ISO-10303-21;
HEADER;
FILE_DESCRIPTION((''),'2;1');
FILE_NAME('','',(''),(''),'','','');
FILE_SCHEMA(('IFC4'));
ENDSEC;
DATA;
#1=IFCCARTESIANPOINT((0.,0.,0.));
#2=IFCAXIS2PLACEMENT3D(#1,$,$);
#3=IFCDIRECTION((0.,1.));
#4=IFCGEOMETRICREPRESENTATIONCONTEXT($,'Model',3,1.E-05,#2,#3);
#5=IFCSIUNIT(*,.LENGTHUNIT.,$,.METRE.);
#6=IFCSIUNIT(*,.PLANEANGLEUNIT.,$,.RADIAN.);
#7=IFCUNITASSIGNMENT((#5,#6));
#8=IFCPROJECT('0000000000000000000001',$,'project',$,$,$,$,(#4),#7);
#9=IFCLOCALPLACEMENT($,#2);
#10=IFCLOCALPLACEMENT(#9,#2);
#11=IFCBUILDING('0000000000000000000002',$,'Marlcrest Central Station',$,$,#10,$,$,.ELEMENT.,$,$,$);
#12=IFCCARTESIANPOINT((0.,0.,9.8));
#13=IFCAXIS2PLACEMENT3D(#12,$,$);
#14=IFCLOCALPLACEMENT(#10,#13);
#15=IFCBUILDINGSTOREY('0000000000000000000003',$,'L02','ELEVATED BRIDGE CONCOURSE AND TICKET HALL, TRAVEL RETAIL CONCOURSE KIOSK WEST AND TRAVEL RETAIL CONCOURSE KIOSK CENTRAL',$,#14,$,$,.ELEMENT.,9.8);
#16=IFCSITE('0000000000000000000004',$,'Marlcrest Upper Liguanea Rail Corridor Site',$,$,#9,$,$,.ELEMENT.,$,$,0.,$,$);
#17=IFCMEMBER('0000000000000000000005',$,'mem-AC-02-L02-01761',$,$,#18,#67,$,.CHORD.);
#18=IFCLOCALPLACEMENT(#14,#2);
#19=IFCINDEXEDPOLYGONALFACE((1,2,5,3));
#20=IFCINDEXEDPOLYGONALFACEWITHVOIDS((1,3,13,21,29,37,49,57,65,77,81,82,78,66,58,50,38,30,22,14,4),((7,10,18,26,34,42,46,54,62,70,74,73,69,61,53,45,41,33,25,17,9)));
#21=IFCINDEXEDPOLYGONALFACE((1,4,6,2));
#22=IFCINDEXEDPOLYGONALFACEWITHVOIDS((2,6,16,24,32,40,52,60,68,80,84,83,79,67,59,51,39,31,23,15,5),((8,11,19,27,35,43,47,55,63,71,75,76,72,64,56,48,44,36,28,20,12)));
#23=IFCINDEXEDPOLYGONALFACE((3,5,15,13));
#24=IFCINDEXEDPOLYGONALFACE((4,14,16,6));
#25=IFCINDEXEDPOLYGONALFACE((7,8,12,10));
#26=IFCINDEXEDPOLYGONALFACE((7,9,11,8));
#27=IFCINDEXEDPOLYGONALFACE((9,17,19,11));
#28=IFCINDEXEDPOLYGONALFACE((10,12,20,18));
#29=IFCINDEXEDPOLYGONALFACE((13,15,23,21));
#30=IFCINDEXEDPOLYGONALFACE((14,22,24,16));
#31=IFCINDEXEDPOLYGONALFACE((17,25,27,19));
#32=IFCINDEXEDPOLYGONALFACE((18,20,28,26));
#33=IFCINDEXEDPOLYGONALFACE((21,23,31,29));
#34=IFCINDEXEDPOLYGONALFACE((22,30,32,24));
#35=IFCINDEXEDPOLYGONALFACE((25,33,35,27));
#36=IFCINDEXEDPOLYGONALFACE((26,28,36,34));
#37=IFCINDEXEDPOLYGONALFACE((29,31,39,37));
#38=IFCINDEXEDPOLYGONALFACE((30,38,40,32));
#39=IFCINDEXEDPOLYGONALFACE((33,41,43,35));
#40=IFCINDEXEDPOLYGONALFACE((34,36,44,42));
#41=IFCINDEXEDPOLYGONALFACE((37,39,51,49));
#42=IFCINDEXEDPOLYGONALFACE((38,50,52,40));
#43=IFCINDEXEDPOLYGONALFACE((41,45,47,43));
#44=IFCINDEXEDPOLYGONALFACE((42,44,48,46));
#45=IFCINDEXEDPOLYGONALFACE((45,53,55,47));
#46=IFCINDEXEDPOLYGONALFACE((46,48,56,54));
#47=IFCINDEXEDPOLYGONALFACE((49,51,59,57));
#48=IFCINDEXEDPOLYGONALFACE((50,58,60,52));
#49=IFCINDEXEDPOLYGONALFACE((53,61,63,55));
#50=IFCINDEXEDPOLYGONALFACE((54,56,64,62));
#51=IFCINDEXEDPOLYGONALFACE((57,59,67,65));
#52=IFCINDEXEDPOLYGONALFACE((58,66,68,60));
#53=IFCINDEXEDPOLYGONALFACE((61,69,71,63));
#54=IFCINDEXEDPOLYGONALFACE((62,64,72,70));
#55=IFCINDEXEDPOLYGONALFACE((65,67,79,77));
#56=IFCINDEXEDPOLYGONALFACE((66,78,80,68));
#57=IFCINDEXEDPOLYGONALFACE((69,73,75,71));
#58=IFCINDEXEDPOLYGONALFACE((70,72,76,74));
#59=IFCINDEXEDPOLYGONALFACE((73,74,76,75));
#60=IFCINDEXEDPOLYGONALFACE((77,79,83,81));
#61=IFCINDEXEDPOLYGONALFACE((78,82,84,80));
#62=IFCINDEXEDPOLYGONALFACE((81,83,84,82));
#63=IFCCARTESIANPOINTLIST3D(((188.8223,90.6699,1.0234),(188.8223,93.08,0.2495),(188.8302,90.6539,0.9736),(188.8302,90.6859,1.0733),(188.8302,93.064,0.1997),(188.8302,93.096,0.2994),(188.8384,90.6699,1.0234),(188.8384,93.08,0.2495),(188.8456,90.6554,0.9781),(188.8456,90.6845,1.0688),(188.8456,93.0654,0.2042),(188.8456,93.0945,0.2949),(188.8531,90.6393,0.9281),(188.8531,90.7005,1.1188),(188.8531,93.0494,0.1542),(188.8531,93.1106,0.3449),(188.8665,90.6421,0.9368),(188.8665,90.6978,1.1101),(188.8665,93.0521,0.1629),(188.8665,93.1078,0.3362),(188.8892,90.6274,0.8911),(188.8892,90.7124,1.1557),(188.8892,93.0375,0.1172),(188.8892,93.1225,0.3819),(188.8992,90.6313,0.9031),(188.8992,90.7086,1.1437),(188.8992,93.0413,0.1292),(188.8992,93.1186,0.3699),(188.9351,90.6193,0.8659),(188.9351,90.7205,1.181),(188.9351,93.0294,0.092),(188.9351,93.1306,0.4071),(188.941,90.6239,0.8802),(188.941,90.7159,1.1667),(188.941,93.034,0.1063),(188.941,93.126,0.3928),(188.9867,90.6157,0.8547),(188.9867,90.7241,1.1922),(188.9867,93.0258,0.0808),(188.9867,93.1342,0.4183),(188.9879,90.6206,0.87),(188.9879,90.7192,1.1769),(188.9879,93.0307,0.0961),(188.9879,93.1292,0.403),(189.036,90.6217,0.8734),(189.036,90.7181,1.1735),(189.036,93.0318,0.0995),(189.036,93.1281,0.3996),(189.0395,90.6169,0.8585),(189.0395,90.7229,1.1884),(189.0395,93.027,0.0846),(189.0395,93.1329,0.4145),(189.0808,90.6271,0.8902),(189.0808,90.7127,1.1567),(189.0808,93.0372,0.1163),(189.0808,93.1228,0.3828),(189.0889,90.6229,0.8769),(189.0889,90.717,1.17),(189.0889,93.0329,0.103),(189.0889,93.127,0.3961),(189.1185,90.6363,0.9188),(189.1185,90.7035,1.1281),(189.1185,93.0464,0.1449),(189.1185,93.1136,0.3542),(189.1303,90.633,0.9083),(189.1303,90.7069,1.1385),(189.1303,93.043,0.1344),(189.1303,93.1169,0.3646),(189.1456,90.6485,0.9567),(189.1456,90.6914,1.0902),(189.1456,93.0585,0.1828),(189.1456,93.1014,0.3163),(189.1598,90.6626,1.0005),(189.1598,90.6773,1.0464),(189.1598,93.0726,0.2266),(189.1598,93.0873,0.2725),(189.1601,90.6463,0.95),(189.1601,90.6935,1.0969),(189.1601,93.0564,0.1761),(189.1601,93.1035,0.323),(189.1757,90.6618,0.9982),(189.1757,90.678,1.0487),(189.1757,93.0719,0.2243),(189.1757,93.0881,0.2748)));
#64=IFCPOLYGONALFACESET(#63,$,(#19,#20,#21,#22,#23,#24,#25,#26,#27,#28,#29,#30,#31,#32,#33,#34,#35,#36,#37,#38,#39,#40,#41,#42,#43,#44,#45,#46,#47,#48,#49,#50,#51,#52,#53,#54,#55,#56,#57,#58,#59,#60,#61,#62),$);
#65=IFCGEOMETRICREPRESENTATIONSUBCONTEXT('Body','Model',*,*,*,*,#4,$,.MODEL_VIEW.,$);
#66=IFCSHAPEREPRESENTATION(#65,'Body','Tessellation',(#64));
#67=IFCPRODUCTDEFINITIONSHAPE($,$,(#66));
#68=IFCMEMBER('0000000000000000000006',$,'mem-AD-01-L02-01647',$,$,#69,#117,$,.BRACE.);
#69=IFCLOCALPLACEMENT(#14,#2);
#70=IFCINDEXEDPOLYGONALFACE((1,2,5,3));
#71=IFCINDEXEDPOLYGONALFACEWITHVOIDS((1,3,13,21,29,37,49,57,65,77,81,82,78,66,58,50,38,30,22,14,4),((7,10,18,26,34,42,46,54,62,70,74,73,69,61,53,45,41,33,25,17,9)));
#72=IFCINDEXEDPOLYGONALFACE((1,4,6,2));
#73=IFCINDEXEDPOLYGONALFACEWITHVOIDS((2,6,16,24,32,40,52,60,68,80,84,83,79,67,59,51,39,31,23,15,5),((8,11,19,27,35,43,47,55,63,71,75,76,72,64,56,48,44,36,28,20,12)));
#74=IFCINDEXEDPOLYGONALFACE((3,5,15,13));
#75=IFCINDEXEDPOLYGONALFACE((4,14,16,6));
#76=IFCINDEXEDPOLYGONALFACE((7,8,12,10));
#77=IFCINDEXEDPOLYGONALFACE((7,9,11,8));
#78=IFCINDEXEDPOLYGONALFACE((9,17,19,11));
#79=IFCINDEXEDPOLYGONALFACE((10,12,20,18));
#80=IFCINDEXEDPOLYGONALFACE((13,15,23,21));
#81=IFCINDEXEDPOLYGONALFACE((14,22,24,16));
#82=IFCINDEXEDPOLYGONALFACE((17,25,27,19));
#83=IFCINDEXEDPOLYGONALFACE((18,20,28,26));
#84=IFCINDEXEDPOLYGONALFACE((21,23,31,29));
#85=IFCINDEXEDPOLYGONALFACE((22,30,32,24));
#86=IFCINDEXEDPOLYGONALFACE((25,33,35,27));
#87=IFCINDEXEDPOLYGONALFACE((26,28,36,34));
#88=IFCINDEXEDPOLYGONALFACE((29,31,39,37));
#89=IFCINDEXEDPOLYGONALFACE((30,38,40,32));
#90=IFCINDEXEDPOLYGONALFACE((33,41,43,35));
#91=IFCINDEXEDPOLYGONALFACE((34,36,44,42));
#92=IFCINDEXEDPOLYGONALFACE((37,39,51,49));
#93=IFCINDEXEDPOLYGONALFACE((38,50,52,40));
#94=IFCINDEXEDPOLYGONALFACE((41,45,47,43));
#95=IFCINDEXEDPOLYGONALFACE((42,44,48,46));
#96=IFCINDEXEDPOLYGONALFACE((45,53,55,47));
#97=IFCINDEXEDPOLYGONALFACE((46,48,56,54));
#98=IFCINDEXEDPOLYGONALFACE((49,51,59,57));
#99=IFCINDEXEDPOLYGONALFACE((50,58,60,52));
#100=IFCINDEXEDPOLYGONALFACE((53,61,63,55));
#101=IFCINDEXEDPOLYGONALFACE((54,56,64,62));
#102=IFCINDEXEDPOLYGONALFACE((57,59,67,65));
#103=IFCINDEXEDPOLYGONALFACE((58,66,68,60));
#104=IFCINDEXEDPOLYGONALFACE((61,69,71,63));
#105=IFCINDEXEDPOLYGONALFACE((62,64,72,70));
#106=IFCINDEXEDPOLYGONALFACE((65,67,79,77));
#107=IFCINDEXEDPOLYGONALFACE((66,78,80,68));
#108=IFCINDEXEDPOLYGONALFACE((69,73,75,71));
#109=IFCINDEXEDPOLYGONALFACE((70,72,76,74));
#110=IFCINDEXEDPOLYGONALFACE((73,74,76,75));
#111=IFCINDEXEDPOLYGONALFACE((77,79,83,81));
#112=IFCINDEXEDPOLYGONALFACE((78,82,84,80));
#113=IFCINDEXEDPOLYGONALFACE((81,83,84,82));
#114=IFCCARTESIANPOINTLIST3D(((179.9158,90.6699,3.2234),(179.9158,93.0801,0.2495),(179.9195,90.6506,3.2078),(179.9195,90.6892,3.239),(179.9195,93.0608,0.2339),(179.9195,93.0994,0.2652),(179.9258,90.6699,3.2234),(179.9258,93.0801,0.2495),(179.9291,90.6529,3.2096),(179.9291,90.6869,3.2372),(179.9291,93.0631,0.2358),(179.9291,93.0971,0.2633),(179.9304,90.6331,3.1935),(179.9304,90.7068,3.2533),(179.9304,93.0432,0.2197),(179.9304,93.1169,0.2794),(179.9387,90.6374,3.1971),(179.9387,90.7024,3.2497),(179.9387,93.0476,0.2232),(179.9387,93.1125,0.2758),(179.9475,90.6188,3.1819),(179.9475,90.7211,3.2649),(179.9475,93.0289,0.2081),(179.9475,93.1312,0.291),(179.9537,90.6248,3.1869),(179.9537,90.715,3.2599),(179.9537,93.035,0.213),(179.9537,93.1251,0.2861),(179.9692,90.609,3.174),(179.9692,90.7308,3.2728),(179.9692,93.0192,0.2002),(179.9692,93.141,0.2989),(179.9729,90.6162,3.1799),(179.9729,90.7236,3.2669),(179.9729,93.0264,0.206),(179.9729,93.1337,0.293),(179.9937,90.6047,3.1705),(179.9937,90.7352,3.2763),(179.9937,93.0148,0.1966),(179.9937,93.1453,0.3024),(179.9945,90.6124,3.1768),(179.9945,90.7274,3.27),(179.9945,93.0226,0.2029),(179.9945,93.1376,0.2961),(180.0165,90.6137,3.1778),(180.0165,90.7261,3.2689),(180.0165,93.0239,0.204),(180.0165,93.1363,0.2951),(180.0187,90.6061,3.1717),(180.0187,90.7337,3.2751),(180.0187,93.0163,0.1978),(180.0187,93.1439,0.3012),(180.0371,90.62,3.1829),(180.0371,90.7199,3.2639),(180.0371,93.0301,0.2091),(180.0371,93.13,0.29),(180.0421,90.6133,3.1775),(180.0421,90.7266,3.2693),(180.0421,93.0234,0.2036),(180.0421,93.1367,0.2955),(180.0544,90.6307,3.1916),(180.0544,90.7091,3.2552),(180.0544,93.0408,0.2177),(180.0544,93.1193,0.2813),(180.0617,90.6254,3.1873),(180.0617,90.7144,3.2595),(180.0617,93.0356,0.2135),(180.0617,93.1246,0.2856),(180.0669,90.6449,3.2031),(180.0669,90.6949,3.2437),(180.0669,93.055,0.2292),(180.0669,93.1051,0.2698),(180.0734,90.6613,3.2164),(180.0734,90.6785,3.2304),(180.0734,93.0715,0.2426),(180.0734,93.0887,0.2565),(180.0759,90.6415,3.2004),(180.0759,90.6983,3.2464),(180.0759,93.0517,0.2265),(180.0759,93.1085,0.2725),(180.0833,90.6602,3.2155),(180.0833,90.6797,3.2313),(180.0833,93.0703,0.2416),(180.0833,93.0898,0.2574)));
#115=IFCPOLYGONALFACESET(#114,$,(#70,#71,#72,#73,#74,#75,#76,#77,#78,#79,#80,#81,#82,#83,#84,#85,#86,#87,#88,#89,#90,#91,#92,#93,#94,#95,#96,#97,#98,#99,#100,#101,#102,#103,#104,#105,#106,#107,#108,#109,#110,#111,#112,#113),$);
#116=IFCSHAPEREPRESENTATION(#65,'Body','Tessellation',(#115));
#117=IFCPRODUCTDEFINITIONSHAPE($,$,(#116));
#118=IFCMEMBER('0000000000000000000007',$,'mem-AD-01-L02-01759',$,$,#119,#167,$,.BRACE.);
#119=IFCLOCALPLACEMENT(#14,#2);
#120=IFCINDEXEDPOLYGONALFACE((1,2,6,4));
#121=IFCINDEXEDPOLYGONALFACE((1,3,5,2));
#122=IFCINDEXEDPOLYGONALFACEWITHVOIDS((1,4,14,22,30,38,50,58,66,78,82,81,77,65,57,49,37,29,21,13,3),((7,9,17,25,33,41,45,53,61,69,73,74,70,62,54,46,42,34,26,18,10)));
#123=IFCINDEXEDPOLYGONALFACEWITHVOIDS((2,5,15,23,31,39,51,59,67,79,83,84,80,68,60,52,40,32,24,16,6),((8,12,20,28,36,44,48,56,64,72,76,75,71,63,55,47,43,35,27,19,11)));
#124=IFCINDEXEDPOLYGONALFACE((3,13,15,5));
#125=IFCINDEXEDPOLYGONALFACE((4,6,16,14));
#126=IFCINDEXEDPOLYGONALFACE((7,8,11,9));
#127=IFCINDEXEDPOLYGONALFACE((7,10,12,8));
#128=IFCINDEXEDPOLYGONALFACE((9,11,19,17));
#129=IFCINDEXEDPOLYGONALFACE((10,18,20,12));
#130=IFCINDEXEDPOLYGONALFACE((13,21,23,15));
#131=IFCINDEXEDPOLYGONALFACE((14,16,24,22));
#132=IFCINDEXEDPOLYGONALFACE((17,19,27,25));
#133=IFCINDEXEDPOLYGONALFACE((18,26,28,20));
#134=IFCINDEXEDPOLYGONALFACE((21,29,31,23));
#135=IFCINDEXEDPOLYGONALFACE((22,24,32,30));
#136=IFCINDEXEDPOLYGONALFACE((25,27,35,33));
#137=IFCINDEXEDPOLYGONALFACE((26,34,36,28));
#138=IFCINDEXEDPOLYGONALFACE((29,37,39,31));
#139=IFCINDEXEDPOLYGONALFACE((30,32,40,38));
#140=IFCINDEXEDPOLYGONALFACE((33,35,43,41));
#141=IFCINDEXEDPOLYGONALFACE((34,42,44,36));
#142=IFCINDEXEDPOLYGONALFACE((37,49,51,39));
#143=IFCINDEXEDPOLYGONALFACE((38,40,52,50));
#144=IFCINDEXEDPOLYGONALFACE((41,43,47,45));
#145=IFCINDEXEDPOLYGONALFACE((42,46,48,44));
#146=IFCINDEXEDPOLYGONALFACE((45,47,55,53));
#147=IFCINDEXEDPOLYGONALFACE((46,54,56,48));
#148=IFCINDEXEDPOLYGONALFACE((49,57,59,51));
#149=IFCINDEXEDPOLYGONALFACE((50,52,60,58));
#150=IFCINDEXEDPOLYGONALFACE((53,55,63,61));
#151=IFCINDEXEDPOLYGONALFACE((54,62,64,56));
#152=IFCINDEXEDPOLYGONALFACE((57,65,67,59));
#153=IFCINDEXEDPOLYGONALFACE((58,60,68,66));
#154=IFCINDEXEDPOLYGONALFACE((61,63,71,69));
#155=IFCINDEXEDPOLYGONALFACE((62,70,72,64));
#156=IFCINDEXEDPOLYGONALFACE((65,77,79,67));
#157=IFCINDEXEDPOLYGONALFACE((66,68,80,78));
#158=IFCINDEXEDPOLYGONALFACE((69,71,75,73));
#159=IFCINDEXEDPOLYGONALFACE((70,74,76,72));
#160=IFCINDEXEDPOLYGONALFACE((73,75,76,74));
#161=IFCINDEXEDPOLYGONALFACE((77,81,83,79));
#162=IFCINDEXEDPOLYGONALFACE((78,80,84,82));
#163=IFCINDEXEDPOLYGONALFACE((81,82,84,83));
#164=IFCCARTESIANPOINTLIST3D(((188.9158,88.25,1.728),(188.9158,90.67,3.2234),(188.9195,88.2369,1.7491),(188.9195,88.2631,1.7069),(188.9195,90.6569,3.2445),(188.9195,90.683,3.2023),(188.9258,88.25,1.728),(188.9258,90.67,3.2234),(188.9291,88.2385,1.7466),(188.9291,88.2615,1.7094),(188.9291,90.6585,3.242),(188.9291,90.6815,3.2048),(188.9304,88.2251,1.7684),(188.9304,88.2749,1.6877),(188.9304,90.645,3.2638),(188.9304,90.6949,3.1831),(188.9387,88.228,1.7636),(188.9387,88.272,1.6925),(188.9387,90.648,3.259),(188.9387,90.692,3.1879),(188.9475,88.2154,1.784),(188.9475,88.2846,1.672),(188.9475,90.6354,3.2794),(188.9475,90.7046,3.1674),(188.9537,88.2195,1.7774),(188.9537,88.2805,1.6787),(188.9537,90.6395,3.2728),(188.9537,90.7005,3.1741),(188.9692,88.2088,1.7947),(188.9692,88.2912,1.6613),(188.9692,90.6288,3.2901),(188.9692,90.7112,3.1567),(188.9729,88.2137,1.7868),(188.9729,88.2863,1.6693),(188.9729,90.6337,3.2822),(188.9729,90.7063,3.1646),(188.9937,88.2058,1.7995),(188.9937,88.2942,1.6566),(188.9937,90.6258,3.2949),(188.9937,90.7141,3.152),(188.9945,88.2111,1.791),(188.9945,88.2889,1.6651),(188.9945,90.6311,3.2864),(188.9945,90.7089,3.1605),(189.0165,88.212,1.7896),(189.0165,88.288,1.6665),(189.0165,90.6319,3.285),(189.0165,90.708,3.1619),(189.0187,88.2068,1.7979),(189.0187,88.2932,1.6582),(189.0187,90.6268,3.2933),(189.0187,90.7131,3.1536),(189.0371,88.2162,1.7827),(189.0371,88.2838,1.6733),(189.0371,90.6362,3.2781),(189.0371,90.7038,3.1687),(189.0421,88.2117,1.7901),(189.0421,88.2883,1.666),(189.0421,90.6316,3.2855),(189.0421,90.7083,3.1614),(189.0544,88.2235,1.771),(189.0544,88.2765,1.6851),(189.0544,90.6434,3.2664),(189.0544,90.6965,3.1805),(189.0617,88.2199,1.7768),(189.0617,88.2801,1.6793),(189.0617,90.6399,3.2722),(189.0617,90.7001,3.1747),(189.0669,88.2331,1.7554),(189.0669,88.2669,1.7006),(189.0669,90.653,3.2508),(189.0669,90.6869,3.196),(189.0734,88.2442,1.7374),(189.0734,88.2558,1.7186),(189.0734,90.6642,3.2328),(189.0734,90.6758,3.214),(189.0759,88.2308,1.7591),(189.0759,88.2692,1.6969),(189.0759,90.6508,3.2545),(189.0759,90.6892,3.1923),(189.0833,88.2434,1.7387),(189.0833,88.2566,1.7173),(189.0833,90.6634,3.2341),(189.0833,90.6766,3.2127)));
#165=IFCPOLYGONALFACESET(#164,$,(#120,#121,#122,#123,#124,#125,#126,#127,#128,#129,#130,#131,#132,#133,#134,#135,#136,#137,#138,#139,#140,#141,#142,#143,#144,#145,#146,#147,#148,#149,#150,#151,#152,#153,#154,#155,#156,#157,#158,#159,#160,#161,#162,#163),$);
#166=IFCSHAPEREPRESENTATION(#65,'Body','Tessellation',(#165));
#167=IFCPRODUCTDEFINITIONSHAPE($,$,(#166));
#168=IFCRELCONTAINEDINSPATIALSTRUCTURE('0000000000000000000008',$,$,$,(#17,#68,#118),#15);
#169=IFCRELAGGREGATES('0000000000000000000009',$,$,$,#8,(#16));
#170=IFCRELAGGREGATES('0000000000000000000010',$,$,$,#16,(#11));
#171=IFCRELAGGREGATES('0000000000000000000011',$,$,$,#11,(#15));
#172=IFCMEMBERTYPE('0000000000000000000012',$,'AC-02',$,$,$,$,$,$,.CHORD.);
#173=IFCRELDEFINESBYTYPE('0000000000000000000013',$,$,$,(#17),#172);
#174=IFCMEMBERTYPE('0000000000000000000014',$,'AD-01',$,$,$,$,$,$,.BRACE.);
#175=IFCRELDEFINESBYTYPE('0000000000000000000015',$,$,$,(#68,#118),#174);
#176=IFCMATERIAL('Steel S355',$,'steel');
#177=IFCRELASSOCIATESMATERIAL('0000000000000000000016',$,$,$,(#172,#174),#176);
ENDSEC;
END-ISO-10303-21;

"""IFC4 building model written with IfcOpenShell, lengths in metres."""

from ifc_helpers import new_model, si_unit, direction, frame, origin, origin_2d, place, context, subcontext, project, spatial, hollow_circle, extrude, material, material_profile, profile_set, type_object, element, save


model = new_model("IFC4")

# Units and contexts
model_context = context("Model", 3, precision=1e-05, world=origin(), true_north=direction((0.0, 1.0)))
body_context = subcontext(model_context, "Body", "Model", "MODEL_VIEW")
ifc_project = project(units=[si_unit("LENGTHUNIT", "METRE"), si_unit("PLANEANGLEUNIT", "RADIAN")], contexts=[model_context])

# Site, building, storey
site_placement = place(None, origin())
site = spatial("IfcSite", under=ifc_project, at=site_placement, Name="Marlcrest Upper Liguanea Rail Corridor Site", CompositionType="ELEMENT", RefElevation=0.0)
building_placement = place(site_placement, origin())
building = spatial("IfcBuilding", under=site, at=building_placement, Name="Marlcrest Central Station", CompositionType="ELEMENT")
storey_placement = place(building_placement, frame((0.0, 0.0, 9.8)))
storey = spatial("IfcBuildingStorey", under=building, at=storey_placement, Name="L02", Description="ELEVATED BRIDGE CONCOURSE AND TICKET HALL, TRAVEL RETAIL CONCOURSE KIOSK WEST AND TRAVEL RETAIL CONCOURSE KIOSK CENTRAL", CompositionType="ELEMENT", Elevation=9.8)

# Members
ifc_material_1 = material(Name="Steel S355", Category="steel")
ifc_material_profile_1 = material_profile(ifc_material_1, hollow_circle(Radius=0.1777, WallThickness=0.0161, at=origin_2d()), Name="CHS 355.6x16")
ifc_profile_set_1 = profile_set([ifc_material_profile_1], Name="Steel S355")
member_type_1 = type_object("IfcMemberType", Name="AC-02", PredefinedType="CHORD", material=ifc_profile_set_1)
member_1_placement = place(storey_placement, frame((189.0, 90.6699, 1.0234), z_axis=(0.0, 0.952117, -0.305734), x_axis=(-1.0, 0.0, 0.0)))
element("IfcMember", 1, at=member_1_placement, inside=storey, type_object=member_type_1, Name="mem-AC-02-L02-01761", PredefinedType="CHORD", context=body_context, shape_type="SweptSolid", body=[
    extrude(hollow_circle(Radius=0.1777, WallThickness=0.0161, at=origin_2d()), origin(), (0.0, 0.0, 1.0), 2.5312),
])
ifc_material_profile_2 = material_profile(ifc_material_1, hollow_circle(Radius=0.0842, WallThickness=0.01, at=origin_2d()), Name="CHS 168.3x10")
ifc_profile_set_2 = profile_set([ifc_material_profile_2], Name="Steel S355")
member_type_2 = type_object("IfcMemberType", Name="AD-01", PredefinedType="BRACE", material=ifc_profile_set_2)
member_2_placement = place(storey_placement, frame((180.0, 90.6699, 3.2234), z_axis=(0.0, 0.629629, -0.776896), x_axis=(-1.0, 0.0, 0.0)))
element("IfcMember", 2, at=member_2_placement, inside=storey, type_object=member_type_2, Name="mem-AD-01-L02-01647", PredefinedType="BRACE", context=body_context, shape_type="SweptSolid", body=[
    extrude(hollow_circle(Radius=0.0842, WallThickness=0.01, at=origin_2d()), origin(), (0.0, 0.0, 1.0), 3.8279),
])
member_3_placement = place(storey_placement, frame((189.0, 88.25, 1.728), z_axis=(0.0, 0.850687, 0.525672), x_axis=(-1.0, 0.0, 0.0)))
element("IfcMember", 3, at=member_3_placement, inside=storey, type_object=member_type_2, Name="mem-AD-01-L02-01759", PredefinedType="BRACE", context=body_context, shape_type="SweptSolid", body=[
    extrude(hollow_circle(Radius=0.0842, WallThickness=0.01, at=origin_2d()), origin(), (0.0, 0.0, 1.0), 2.8447),
])

save(model, "model.ifc")
